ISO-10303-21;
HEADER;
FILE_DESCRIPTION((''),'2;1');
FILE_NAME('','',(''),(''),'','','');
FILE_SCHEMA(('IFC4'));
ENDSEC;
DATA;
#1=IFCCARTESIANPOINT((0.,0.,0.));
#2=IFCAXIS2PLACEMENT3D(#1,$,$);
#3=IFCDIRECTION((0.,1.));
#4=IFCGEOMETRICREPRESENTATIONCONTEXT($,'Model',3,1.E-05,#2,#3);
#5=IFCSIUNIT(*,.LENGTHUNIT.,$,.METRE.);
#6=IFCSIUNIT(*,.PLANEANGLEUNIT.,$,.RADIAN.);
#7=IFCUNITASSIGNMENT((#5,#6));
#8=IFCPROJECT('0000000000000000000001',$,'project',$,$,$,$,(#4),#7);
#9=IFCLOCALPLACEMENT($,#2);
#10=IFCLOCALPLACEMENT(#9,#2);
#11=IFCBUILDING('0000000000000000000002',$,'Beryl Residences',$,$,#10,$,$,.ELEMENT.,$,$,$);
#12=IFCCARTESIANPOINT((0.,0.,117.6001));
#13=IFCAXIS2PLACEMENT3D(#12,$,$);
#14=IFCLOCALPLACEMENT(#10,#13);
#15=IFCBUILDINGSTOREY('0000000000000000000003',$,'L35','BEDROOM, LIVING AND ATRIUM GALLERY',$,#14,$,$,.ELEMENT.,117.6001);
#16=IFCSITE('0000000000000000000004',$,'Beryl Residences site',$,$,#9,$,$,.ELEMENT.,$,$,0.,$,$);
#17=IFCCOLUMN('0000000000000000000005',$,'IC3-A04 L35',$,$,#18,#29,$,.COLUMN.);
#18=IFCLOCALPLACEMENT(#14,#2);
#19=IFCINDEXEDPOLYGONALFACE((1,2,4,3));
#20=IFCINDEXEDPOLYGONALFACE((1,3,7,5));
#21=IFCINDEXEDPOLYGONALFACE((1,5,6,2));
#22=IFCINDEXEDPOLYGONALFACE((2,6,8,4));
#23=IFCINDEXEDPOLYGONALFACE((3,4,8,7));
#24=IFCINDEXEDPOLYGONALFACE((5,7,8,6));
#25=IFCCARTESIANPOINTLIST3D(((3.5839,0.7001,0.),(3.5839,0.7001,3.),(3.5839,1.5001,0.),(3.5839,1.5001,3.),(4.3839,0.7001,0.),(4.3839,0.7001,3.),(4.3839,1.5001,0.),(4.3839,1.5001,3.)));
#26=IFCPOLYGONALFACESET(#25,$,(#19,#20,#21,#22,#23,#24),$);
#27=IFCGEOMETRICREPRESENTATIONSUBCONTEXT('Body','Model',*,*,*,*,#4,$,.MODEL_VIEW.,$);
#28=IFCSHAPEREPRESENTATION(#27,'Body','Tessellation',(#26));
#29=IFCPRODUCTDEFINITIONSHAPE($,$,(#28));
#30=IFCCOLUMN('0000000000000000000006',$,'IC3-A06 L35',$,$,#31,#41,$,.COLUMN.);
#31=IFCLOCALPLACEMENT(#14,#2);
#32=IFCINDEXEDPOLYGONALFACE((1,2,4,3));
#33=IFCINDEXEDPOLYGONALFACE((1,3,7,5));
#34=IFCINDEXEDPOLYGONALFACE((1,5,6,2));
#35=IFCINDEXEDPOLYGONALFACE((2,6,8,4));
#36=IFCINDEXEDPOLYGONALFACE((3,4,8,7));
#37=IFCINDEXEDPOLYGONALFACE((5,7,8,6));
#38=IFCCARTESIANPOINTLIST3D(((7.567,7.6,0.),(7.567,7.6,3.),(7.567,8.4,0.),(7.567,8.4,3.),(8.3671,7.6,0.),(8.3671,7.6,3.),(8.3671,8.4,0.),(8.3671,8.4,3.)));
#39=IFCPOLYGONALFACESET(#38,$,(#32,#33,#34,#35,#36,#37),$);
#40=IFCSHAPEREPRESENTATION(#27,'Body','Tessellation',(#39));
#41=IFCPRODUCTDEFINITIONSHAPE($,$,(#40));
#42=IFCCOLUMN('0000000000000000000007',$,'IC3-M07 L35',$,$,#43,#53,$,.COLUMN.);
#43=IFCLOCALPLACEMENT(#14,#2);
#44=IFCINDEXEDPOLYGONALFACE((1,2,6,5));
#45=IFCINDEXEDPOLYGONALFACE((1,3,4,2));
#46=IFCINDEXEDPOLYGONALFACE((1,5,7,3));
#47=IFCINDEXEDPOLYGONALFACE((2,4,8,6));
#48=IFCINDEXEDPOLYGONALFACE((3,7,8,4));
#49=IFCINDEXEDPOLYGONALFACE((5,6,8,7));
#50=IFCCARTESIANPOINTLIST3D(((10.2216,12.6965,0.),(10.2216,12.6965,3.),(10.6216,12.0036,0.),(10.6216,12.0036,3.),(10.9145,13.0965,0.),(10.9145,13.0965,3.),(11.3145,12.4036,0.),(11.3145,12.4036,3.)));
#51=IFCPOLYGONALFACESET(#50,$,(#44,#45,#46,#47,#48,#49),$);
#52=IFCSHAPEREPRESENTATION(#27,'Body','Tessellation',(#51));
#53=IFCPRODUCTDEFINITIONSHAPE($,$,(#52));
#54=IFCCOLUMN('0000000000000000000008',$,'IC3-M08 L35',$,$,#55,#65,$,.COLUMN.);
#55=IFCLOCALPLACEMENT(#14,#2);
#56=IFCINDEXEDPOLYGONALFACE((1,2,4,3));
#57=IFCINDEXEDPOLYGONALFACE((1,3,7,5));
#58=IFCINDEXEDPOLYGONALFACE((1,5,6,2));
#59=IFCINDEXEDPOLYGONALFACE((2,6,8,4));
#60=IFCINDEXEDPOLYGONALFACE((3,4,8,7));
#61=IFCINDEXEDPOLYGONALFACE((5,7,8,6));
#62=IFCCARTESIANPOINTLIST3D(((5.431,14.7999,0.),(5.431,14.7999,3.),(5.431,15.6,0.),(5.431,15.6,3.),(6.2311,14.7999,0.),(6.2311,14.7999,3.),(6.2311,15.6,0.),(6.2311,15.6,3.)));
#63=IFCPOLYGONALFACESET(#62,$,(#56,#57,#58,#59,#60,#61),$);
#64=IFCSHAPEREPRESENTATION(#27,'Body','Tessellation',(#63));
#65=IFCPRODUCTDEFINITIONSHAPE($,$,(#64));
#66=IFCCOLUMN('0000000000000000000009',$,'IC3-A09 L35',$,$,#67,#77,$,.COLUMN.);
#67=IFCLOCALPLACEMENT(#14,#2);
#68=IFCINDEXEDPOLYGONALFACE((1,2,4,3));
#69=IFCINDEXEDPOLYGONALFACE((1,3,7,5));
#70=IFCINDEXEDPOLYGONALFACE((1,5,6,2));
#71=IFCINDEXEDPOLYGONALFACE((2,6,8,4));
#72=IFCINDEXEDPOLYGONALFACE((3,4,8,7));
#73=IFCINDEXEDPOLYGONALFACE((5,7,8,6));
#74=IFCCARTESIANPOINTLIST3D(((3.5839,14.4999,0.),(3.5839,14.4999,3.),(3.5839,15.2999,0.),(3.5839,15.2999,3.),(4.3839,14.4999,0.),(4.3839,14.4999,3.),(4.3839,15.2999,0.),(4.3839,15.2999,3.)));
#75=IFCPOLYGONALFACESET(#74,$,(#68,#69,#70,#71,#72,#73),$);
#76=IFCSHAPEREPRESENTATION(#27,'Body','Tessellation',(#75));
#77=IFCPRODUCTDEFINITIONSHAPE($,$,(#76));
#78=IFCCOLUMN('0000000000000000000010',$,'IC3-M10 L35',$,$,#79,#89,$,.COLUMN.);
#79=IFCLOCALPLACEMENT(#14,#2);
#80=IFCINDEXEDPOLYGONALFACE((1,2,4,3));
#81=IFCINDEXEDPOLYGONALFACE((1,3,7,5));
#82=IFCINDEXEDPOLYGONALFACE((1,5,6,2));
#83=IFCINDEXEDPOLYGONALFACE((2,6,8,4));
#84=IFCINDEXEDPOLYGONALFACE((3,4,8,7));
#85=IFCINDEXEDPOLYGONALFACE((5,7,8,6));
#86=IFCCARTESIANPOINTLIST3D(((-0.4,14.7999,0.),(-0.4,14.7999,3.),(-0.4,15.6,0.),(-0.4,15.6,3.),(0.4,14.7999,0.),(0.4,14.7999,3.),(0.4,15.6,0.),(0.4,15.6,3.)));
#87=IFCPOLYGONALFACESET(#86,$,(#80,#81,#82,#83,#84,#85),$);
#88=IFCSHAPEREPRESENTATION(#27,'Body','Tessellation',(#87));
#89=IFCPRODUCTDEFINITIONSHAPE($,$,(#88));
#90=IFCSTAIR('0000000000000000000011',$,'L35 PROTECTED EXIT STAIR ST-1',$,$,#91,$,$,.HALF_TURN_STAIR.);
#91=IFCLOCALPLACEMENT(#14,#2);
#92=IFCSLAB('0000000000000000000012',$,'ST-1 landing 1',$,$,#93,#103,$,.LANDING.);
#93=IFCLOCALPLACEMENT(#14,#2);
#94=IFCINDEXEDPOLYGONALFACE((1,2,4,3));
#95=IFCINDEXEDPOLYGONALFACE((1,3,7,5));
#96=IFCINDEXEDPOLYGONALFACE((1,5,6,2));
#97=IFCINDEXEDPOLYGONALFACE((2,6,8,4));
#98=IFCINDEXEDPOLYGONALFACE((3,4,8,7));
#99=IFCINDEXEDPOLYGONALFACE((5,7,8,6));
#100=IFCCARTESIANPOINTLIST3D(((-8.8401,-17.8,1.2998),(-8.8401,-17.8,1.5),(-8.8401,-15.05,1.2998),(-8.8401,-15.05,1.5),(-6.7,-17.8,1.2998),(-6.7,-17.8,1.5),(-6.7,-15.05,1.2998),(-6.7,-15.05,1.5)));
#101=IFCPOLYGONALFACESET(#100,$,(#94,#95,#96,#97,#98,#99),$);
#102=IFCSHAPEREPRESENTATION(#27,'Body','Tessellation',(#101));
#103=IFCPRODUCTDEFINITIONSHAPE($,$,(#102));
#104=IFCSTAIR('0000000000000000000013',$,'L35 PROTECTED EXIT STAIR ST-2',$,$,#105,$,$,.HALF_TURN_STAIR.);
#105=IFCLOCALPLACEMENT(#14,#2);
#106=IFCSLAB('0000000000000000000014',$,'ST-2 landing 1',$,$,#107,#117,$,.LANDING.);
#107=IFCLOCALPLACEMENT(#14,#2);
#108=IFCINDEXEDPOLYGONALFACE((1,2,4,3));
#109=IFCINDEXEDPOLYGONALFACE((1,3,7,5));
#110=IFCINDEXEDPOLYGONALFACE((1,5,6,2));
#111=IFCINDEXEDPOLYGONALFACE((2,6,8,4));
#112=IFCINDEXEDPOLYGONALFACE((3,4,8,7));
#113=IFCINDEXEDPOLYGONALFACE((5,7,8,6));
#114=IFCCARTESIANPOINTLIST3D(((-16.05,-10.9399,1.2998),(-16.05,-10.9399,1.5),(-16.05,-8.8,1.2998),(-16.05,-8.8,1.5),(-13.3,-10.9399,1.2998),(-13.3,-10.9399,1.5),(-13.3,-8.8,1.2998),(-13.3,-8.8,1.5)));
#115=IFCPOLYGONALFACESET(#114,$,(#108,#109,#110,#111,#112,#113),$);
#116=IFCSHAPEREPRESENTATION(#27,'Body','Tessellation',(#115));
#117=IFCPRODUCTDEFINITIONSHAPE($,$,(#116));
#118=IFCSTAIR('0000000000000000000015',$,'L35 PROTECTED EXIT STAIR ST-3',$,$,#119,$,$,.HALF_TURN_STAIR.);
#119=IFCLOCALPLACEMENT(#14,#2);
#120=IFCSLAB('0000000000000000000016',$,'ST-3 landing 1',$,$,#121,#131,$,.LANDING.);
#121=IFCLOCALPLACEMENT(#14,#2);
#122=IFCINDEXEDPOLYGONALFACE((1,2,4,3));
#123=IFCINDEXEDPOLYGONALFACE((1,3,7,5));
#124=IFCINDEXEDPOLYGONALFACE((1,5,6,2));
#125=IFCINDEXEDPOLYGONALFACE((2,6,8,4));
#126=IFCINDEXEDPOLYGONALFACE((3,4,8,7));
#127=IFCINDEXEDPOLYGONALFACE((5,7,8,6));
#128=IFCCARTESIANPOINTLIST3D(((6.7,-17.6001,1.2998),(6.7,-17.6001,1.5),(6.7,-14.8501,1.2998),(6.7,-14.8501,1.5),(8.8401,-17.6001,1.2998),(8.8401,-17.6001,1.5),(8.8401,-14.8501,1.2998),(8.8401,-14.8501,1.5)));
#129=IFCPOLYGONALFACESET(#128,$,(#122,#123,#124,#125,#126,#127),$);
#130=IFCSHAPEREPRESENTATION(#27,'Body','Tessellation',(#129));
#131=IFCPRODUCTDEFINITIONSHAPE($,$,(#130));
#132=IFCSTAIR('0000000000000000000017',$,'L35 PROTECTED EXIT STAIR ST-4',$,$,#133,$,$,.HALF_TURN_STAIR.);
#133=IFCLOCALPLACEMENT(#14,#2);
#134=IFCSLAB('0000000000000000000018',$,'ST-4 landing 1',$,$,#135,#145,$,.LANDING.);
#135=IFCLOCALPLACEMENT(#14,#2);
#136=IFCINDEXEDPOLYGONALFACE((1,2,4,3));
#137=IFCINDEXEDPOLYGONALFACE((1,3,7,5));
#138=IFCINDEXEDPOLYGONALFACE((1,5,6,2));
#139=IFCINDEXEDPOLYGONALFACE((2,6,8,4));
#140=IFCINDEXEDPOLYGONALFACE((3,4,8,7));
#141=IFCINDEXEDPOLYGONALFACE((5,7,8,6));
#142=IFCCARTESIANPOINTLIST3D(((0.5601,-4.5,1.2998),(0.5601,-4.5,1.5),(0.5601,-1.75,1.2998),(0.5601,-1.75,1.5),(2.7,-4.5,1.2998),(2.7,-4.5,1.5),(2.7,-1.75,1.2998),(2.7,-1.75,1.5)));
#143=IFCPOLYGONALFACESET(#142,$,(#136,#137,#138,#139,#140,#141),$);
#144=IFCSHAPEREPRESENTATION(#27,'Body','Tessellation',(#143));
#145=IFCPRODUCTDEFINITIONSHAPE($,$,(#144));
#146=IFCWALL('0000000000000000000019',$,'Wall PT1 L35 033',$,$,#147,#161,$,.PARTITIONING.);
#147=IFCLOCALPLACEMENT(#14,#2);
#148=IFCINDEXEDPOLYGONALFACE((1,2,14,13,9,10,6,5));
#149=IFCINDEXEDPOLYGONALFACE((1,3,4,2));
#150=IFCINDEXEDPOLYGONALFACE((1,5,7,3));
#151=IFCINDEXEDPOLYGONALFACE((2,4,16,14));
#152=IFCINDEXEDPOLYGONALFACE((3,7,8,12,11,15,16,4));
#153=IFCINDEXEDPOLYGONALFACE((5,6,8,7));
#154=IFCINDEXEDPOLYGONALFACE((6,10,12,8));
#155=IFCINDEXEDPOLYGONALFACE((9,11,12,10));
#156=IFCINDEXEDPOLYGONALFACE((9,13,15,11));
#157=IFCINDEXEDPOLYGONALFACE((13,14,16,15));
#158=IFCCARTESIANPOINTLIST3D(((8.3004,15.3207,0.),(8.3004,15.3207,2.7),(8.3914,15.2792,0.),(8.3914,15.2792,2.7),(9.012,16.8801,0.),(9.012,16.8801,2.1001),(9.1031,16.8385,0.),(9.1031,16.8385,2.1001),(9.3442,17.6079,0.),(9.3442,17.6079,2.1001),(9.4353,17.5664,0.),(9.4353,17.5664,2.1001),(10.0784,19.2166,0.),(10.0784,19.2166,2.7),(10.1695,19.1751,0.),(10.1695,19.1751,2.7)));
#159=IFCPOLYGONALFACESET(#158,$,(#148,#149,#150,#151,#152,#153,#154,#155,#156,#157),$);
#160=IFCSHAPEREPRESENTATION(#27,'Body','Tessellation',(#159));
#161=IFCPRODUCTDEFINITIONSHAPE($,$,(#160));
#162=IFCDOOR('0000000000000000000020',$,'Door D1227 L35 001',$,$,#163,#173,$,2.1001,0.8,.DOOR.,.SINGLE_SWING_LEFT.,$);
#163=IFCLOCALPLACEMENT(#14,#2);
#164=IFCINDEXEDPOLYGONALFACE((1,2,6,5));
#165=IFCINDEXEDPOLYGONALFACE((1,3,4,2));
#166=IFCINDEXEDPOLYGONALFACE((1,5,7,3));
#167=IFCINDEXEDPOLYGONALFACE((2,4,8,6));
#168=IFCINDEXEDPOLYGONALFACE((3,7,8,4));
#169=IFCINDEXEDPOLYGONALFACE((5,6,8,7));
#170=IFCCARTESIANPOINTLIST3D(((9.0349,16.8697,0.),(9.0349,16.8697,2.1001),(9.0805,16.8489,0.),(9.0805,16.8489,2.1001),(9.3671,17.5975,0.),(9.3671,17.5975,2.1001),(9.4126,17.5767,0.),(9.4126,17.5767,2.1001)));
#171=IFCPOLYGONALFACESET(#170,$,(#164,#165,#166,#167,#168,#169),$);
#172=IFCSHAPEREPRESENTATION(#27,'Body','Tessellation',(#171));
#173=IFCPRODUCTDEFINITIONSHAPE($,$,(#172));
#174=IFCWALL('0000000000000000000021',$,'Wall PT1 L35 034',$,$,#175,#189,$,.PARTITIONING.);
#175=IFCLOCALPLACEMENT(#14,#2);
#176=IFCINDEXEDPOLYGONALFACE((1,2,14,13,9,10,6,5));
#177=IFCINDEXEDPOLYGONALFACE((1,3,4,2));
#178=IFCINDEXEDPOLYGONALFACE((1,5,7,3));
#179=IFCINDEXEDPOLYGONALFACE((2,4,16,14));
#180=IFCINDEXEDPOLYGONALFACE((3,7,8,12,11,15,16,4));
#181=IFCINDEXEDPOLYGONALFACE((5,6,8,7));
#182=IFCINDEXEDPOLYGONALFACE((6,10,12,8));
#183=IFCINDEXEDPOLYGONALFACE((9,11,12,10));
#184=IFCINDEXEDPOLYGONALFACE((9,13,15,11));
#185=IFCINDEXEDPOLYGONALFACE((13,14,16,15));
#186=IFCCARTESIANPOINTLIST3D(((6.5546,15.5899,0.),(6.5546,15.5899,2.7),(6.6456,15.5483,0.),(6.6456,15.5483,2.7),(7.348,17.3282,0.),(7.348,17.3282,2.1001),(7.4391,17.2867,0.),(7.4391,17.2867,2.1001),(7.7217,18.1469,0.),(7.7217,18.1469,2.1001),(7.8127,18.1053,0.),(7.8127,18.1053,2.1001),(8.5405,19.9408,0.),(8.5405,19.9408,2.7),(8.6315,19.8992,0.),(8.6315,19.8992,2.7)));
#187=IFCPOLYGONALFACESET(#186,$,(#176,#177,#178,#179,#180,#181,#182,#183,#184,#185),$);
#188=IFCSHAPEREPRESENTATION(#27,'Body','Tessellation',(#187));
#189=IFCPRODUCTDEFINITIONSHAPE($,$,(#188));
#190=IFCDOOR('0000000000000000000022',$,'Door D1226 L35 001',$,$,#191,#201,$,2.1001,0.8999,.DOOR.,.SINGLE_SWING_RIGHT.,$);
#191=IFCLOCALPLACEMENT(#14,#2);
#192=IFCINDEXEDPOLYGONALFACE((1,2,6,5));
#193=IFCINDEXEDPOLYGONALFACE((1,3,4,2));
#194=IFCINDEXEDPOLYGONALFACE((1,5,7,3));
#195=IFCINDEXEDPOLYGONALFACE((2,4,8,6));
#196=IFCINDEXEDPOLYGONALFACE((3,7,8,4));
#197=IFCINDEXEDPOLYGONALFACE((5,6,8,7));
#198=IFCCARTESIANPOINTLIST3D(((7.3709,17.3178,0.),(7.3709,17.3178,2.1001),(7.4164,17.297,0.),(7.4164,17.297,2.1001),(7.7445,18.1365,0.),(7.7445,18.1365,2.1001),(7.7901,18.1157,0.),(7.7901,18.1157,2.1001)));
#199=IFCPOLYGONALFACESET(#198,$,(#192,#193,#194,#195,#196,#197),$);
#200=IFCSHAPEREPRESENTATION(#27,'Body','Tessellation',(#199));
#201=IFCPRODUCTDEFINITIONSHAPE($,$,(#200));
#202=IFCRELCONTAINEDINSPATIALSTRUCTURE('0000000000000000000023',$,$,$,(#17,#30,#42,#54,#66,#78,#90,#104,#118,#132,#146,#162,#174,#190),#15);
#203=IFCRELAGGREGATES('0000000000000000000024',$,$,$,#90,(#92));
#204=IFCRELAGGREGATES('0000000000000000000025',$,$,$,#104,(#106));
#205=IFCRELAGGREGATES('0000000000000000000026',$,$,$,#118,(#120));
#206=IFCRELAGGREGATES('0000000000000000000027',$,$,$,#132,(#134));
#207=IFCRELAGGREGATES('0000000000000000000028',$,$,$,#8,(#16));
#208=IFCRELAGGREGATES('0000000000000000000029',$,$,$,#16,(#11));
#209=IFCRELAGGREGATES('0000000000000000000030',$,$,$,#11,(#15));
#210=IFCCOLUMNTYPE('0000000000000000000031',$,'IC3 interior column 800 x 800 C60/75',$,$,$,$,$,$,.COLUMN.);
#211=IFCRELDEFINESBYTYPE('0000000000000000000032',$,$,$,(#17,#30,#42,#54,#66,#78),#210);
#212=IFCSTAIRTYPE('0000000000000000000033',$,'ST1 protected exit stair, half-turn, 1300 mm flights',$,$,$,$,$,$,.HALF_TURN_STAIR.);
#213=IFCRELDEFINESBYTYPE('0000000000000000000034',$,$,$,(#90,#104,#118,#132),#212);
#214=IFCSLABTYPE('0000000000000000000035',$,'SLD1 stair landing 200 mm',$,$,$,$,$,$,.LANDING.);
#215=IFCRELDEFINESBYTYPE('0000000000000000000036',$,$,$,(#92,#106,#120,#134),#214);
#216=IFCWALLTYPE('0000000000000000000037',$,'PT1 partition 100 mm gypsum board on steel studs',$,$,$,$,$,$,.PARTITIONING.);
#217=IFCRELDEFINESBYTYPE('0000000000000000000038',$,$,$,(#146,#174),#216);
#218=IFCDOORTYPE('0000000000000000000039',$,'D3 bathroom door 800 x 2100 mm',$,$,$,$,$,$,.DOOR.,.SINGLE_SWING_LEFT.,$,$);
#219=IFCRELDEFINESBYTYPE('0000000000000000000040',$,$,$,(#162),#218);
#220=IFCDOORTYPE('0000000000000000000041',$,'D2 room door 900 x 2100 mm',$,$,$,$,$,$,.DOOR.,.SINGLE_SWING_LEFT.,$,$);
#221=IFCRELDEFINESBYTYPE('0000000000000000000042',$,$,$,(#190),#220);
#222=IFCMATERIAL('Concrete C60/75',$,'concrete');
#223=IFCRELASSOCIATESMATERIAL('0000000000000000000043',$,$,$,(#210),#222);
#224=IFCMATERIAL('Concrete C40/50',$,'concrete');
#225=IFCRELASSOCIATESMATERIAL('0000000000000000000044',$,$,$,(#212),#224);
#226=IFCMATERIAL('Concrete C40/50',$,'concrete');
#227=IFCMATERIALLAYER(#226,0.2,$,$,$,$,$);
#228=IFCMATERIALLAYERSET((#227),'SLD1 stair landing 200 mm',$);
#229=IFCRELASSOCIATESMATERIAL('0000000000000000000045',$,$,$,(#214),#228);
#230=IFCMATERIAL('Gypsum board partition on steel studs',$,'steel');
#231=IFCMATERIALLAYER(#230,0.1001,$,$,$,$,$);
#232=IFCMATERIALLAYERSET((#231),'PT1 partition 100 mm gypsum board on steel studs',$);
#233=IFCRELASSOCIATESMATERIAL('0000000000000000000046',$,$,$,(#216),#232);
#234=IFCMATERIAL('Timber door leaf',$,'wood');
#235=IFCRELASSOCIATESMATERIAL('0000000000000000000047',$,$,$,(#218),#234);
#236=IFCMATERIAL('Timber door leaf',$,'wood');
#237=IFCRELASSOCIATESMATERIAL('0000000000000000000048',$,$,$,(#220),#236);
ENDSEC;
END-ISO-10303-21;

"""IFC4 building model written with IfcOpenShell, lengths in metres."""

from ifc_helpers import new_model, si_unit, direction, frame, frame_2d, origin, origin_2d, place, context, subcontext, project, spatial, polyline, rectangle, outline, extrude, material, layer, layer_set, material_profile, profile_set, type_object, element, fill, aggregate, save


model = new_model("IFC4")

# Units and contexts
model_context = context("Model", 3, precision=1e-05, world=origin(), true_north=direction((0.0, 1.0)))
body_context = subcontext(model_context, "Body", "Model", "MODEL_VIEW")
ifc_project = project(units=[si_unit("LENGTHUNIT", "METRE"), si_unit("PLANEANGLEUNIT", "RADIAN")], contexts=[model_context])

# Site, building, storey
site_placement = place(None, origin())
site = spatial("IfcSite", under=ifc_project, at=site_placement, Name="Beryl Residences site", CompositionType="ELEMENT", RefElevation=0.0)
building_placement = place(site_placement, origin())
building = spatial("IfcBuilding", under=site, at=building_placement, Name="Beryl Residences", CompositionType="ELEMENT")
storey_placement = place(building_placement, frame((0.0, 0.0, 117.6001)))
storey = spatial("IfcBuildingStorey", under=building, at=storey_placement, Name="L35", Description="BEDROOM, LIVING AND ATRIUM GALLERY", CompositionType="ELEMENT", Elevation=117.6001)

# Columns
ifc_material_1 = material(Name="Concrete C60/75", Category="concrete")
ifc_material_profile = material_profile(ifc_material_1, rectangle(XDim=0.8, YDim=0.8, at=origin_2d()))
ifc_profile_set = profile_set([ifc_material_profile], Name="Concrete C60/75")
column_type = type_object("IfcColumnType", Name="IC3 interior column 800 x 800 C60/75", PredefinedType="COLUMN", material=ifc_profile_set)
for number, where, z_axis, x_axis, name in (
    (1, (3.9839, 1.1001, 0.0), (0.0, 0.0, 1.0), (1.0, 0.0, 0.0), "IC3-A04 L35"),
    (2, (7.967, 8.0, 0.0), (0.0, 0.0, 1.0), (1.0, 0.0, 0.0), "IC3-A06 L35"),
    (3, (10.7681, 12.55, 0.0), (0.0, 0.0, 1.0), (-0.5, 0.866025, 0.0), "IC3-M07 L35"),
    (4, (5.8311, 15.2, 0.0), (0.0, 0.0, 1.0), (-1.0, 0.0, 0.0), "IC3-M08 L35"),
    (5, (3.9839, 14.8999, 0.0), (0.0, 0.0, 1.0), (1.0, 0.0, 0.0), "IC3-A09 L35"),
    (6, (0.0, 15.2, 0.0), (0.0, 0.0, 1.0), (-1.0, 0.0, 0.0), "IC3-M10 L35"),
):
    element("IfcColumn", number, at=place(storey_placement, frame(where, z_axis=z_axis, x_axis=x_axis)), inside=storey, type_object=column_type, Name=name, PredefinedType="COLUMN", context=body_context, shape_type="SweptSolid", body=[
        extrude(rectangle(XDim=0.8, YDim=0.8, at=origin_2d()), origin(), (0.0, 0.0, 1.0), 3.0),
    ])

# Stairs, slabs
ifc_material_2 = material(Name="Concrete C40/50", Category="concrete")
stair_type = type_object("IfcStairType", Name="ST1 protected exit stair, half-turn, 1300 mm flights", PredefinedType="HALF_TURN_STAIR", material=ifc_material_2)
stair_1_placement = place(storey_placement, origin())
stair_1 = element("IfcStair", 7, at=stair_1_placement, inside=storey, type_object=stair_type, Name="L35 PROTECTED EXIT STAIR ST-1", PredefinedType="HALF_TURN_STAIR")
ifc_material_3 = material(Name="Concrete C40/50", Category="concrete")
ifc_layer_1 = layer(ifc_material_3, 0.2)
ifc_layer_set_1 = layer_set([ifc_layer_1], Name="SLD1 stair landing 200 mm")
slab_type_1 = type_object("IfcSlabType", Name="SLD1 stair landing 200 mm", PredefinedType="LANDING", material=ifc_layer_set_1)
slab_1_placement = place(storey_placement, frame((0.0, 0.0, 1.2998)))
slab_1 = element("IfcSlab", 8, at=slab_1_placement, type_object=slab_type_1, Name="ST-1 landing 1", PredefinedType="LANDING", context=body_context, shape_type="SweptSolid", body=[
    extrude(outline(polyline([(-8.8401, -17.8), (-6.7, -17.8), (-6.7, -15.05), (-8.8401, -15.05), (-8.8401, -17.8)])), origin(), (0.0, 0.0, 1.0), 0.2002),
])
aggregate(stair_1, [slab_1])
stair_2_placement = place(storey_placement, origin())
stair_2 = element("IfcStair", 9, at=stair_2_placement, inside=storey, type_object=stair_type, Name="L35 PROTECTED EXIT STAIR ST-2", PredefinedType="HALF_TURN_STAIR")
slab_2_placement = place(storey_placement, frame((0.0, 0.0, 1.2998)))
slab_2 = element("IfcSlab", 10, at=slab_2_placement, type_object=slab_type_1, Name="ST-2 landing 1", PredefinedType="LANDING", context=body_context, shape_type="SweptSolid", body=[
    extrude(outline(polyline([(-13.3, -10.9399), (-13.3, -8.8), (-16.05, -8.8), (-16.05, -10.9399), (-13.3, -10.9399)])), origin(), (0.0, 0.0, 1.0), 0.2002),
])
aggregate(stair_2, [slab_2])
stair_3_placement = place(storey_placement, origin())
stair_3 = element("IfcStair", 11, at=stair_3_placement, inside=storey, type_object=stair_type, Name="L35 PROTECTED EXIT STAIR ST-3", PredefinedType="HALF_TURN_STAIR")
slab_3_placement = place(storey_placement, frame((0.0, 0.0, 1.2998)))
slab_3 = element("IfcSlab", 12, at=slab_3_placement, type_object=slab_type_1, Name="ST-3 landing 1", PredefinedType="LANDING", context=body_context, shape_type="SweptSolid", body=[
    extrude(outline(polyline([(8.8401, -14.8501), (6.7, -14.8501), (6.7, -17.6001), (8.8401, -17.6001), (8.8401, -14.8501)])), origin(), (0.0, 0.0, 1.0), 0.2002),
])
aggregate(stair_3, [slab_3])
stair_4_placement = place(storey_placement, origin())
stair_4 = element("IfcStair", 13, at=stair_4_placement, inside=storey, type_object=stair_type, Name="L35 PROTECTED EXIT STAIR ST-4", PredefinedType="HALF_TURN_STAIR")
slab_4_placement = place(storey_placement, frame((0.0, 0.0, 1.2998)))
slab_4 = element("IfcSlab", 14, at=slab_4_placement, type_object=slab_type_1, Name="ST-4 landing 1", PredefinedType="LANDING", context=body_context, shape_type="SweptSolid", body=[
    extrude(outline(polyline([(0.5601, -4.5), (2.7, -4.5), (2.7, -1.75), (0.5601, -1.75), (0.5601, -4.5)])), origin(), (0.0, 0.0, 1.0), 0.2002),
])
aggregate(stair_4, [slab_4])

# Walls, openings, doors
ifc_material_4 = material(Name="Gypsum board partition on steel studs", Category="steel")
ifc_layer_2 = layer(ifc_material_4, 0.1001)
ifc_layer_set_2 = layer_set([ifc_layer_2], Name="PT1 partition 100 mm gypsum board on steel studs")
wall_type_1 = type_object("IfcWallType", Name="PT1 partition 100 mm gypsum board on steel studs", PredefinedType="PARTITIONING", material=ifc_layer_set_2)
wall_1_placement = place(storey_placement, frame((8.3459, 15.3, 0.0), z_axis=(0.0, 0.0, 1.0), x_axis=(0.41519, 0.909735, 0.0)))
wall_1 = element("IfcWall", 15, at=wall_1_placement, inside=storey, type_object=wall_type_1, Name="Wall PT1 L35 033", PredefinedType="PARTITIONING", context=body_context, shape_type="SweptSolid", body=[
    extrude(rectangle(XDim=4.2825, YDim=0.1001, at=frame_2d((2.1411, 0.0))), origin(), (0.0, 0.0, 1.0), 2.7),
])
opening_1_placement = place(wall_1_placement, frame((1.7141, 0.0, 0.0)))
opening_1 = element("IfcOpeningElement", 16, at=opening_1_placement, cuts=wall_1, PredefinedType="OPENING", context=body_context, shape_type="SweptSolid", body=[
    extrude(rectangle(XDim=0.8, YDim=2.1001, at=frame_2d((0.3999, 1.05))), frame((0.0, 0.0601, 0.0), z_axis=(0.0, -1.0, 0.0), x_axis=(1.0, 0.0, 0.0)), (0.0, 0.0, 1.0), 0.1201),
])
ifc_material_5 = material(Name="Timber door leaf", Category="wood")
door_type_1 = type_object("IfcDoorType", Name="D3 bathroom door 800 x 2100 mm", OperationType="SINGLE_SWING_LEFT", PredefinedType="DOOR", material=ifc_material_5)
door_1_placement = place(opening_1_placement, origin())
door_1 = element("IfcDoor", 17, at=door_1_placement, inside=storey, type_object=door_type_1, Name="Door D1227 L35 001", OperationType="SINGLE_SWING_LEFT", OverallHeight=2.1001, OverallWidth=0.8, PredefinedType="DOOR", context=body_context, shape_type="SweptSolid", body=[
    extrude(rectangle(XDim=0.8, YDim=2.1001, at=frame_2d((0.3999, 1.05))), frame((0.0, 0.0249, 0.0), z_axis=(0.0, -1.0, 0.0), x_axis=(1.0, 0.0, 0.0)), (0.0, 0.0, 1.0), 0.05),
])
fill(opening_1, door_1)
wall_2_placement = place(storey_placement, frame((6.6001, 15.5691, 0.0), z_axis=(0.0, 0.0, 1.0), x_axis=(0.415222, 0.90972, 0.0)))
wall_2 = element("IfcWall", 18, at=wall_2_placement, inside=storey, type_object=wall_type_1, Name="Wall PT1 L35 034", PredefinedType="PARTITIONING", context=body_context, shape_type="SweptSolid", body=[
    extrude(rectangle(XDim=4.7827, YDim=0.1001, at=frame_2d((2.3914, 0.0))), origin(), (0.0, 0.0, 1.0), 2.7),
])
opening_2_placement = place(wall_2_placement, frame((1.9109, 0.0, 0.0)))
opening_2 = element("IfcOpeningElement", 19, at=opening_2_placement, cuts=wall_2, PredefinedType="OPENING", context=body_context, shape_type="SweptSolid", body=[
    extrude(rectangle(XDim=0.8999, YDim=2.1001, at=frame_2d((0.45, 1.05))), frame((0.0, 0.0601, 0.0), z_axis=(0.0, -1.0, 0.0), x_axis=(1.0, 0.0, 0.0)), (0.0, 0.0, 1.0), 0.1201),
])
ifc_material_6 = material(Name="Timber door leaf", Category="wood")
door_type_2 = type_object("IfcDoorType", Name="D2 room door 900 x 2100 mm", OperationType="SINGLE_SWING_LEFT", PredefinedType="DOOR", material=ifc_material_6)
door_2_placement = place(opening_2_placement, origin())
door_2 = element("IfcDoor", 20, at=door_2_placement, inside=storey, type_object=door_type_2, Name="Door D1226 L35 001", OperationType="SINGLE_SWING_RIGHT", OverallHeight=2.1001, OverallWidth=0.8999, PredefinedType="DOOR", context=body_context, shape_type="SweptSolid", body=[
    extrude(rectangle(XDim=0.8999, YDim=2.1001, at=frame_2d((0.45, 1.05))), frame((0.0, 0.0249, 0.0), z_axis=(0.0, -1.0, 0.0), x_axis=(1.0, 0.0, 0.0)), (0.0, 0.0, 1.0), 0.05),
])
fill(opening_2, door_2)

save(model, "model.ifc")
